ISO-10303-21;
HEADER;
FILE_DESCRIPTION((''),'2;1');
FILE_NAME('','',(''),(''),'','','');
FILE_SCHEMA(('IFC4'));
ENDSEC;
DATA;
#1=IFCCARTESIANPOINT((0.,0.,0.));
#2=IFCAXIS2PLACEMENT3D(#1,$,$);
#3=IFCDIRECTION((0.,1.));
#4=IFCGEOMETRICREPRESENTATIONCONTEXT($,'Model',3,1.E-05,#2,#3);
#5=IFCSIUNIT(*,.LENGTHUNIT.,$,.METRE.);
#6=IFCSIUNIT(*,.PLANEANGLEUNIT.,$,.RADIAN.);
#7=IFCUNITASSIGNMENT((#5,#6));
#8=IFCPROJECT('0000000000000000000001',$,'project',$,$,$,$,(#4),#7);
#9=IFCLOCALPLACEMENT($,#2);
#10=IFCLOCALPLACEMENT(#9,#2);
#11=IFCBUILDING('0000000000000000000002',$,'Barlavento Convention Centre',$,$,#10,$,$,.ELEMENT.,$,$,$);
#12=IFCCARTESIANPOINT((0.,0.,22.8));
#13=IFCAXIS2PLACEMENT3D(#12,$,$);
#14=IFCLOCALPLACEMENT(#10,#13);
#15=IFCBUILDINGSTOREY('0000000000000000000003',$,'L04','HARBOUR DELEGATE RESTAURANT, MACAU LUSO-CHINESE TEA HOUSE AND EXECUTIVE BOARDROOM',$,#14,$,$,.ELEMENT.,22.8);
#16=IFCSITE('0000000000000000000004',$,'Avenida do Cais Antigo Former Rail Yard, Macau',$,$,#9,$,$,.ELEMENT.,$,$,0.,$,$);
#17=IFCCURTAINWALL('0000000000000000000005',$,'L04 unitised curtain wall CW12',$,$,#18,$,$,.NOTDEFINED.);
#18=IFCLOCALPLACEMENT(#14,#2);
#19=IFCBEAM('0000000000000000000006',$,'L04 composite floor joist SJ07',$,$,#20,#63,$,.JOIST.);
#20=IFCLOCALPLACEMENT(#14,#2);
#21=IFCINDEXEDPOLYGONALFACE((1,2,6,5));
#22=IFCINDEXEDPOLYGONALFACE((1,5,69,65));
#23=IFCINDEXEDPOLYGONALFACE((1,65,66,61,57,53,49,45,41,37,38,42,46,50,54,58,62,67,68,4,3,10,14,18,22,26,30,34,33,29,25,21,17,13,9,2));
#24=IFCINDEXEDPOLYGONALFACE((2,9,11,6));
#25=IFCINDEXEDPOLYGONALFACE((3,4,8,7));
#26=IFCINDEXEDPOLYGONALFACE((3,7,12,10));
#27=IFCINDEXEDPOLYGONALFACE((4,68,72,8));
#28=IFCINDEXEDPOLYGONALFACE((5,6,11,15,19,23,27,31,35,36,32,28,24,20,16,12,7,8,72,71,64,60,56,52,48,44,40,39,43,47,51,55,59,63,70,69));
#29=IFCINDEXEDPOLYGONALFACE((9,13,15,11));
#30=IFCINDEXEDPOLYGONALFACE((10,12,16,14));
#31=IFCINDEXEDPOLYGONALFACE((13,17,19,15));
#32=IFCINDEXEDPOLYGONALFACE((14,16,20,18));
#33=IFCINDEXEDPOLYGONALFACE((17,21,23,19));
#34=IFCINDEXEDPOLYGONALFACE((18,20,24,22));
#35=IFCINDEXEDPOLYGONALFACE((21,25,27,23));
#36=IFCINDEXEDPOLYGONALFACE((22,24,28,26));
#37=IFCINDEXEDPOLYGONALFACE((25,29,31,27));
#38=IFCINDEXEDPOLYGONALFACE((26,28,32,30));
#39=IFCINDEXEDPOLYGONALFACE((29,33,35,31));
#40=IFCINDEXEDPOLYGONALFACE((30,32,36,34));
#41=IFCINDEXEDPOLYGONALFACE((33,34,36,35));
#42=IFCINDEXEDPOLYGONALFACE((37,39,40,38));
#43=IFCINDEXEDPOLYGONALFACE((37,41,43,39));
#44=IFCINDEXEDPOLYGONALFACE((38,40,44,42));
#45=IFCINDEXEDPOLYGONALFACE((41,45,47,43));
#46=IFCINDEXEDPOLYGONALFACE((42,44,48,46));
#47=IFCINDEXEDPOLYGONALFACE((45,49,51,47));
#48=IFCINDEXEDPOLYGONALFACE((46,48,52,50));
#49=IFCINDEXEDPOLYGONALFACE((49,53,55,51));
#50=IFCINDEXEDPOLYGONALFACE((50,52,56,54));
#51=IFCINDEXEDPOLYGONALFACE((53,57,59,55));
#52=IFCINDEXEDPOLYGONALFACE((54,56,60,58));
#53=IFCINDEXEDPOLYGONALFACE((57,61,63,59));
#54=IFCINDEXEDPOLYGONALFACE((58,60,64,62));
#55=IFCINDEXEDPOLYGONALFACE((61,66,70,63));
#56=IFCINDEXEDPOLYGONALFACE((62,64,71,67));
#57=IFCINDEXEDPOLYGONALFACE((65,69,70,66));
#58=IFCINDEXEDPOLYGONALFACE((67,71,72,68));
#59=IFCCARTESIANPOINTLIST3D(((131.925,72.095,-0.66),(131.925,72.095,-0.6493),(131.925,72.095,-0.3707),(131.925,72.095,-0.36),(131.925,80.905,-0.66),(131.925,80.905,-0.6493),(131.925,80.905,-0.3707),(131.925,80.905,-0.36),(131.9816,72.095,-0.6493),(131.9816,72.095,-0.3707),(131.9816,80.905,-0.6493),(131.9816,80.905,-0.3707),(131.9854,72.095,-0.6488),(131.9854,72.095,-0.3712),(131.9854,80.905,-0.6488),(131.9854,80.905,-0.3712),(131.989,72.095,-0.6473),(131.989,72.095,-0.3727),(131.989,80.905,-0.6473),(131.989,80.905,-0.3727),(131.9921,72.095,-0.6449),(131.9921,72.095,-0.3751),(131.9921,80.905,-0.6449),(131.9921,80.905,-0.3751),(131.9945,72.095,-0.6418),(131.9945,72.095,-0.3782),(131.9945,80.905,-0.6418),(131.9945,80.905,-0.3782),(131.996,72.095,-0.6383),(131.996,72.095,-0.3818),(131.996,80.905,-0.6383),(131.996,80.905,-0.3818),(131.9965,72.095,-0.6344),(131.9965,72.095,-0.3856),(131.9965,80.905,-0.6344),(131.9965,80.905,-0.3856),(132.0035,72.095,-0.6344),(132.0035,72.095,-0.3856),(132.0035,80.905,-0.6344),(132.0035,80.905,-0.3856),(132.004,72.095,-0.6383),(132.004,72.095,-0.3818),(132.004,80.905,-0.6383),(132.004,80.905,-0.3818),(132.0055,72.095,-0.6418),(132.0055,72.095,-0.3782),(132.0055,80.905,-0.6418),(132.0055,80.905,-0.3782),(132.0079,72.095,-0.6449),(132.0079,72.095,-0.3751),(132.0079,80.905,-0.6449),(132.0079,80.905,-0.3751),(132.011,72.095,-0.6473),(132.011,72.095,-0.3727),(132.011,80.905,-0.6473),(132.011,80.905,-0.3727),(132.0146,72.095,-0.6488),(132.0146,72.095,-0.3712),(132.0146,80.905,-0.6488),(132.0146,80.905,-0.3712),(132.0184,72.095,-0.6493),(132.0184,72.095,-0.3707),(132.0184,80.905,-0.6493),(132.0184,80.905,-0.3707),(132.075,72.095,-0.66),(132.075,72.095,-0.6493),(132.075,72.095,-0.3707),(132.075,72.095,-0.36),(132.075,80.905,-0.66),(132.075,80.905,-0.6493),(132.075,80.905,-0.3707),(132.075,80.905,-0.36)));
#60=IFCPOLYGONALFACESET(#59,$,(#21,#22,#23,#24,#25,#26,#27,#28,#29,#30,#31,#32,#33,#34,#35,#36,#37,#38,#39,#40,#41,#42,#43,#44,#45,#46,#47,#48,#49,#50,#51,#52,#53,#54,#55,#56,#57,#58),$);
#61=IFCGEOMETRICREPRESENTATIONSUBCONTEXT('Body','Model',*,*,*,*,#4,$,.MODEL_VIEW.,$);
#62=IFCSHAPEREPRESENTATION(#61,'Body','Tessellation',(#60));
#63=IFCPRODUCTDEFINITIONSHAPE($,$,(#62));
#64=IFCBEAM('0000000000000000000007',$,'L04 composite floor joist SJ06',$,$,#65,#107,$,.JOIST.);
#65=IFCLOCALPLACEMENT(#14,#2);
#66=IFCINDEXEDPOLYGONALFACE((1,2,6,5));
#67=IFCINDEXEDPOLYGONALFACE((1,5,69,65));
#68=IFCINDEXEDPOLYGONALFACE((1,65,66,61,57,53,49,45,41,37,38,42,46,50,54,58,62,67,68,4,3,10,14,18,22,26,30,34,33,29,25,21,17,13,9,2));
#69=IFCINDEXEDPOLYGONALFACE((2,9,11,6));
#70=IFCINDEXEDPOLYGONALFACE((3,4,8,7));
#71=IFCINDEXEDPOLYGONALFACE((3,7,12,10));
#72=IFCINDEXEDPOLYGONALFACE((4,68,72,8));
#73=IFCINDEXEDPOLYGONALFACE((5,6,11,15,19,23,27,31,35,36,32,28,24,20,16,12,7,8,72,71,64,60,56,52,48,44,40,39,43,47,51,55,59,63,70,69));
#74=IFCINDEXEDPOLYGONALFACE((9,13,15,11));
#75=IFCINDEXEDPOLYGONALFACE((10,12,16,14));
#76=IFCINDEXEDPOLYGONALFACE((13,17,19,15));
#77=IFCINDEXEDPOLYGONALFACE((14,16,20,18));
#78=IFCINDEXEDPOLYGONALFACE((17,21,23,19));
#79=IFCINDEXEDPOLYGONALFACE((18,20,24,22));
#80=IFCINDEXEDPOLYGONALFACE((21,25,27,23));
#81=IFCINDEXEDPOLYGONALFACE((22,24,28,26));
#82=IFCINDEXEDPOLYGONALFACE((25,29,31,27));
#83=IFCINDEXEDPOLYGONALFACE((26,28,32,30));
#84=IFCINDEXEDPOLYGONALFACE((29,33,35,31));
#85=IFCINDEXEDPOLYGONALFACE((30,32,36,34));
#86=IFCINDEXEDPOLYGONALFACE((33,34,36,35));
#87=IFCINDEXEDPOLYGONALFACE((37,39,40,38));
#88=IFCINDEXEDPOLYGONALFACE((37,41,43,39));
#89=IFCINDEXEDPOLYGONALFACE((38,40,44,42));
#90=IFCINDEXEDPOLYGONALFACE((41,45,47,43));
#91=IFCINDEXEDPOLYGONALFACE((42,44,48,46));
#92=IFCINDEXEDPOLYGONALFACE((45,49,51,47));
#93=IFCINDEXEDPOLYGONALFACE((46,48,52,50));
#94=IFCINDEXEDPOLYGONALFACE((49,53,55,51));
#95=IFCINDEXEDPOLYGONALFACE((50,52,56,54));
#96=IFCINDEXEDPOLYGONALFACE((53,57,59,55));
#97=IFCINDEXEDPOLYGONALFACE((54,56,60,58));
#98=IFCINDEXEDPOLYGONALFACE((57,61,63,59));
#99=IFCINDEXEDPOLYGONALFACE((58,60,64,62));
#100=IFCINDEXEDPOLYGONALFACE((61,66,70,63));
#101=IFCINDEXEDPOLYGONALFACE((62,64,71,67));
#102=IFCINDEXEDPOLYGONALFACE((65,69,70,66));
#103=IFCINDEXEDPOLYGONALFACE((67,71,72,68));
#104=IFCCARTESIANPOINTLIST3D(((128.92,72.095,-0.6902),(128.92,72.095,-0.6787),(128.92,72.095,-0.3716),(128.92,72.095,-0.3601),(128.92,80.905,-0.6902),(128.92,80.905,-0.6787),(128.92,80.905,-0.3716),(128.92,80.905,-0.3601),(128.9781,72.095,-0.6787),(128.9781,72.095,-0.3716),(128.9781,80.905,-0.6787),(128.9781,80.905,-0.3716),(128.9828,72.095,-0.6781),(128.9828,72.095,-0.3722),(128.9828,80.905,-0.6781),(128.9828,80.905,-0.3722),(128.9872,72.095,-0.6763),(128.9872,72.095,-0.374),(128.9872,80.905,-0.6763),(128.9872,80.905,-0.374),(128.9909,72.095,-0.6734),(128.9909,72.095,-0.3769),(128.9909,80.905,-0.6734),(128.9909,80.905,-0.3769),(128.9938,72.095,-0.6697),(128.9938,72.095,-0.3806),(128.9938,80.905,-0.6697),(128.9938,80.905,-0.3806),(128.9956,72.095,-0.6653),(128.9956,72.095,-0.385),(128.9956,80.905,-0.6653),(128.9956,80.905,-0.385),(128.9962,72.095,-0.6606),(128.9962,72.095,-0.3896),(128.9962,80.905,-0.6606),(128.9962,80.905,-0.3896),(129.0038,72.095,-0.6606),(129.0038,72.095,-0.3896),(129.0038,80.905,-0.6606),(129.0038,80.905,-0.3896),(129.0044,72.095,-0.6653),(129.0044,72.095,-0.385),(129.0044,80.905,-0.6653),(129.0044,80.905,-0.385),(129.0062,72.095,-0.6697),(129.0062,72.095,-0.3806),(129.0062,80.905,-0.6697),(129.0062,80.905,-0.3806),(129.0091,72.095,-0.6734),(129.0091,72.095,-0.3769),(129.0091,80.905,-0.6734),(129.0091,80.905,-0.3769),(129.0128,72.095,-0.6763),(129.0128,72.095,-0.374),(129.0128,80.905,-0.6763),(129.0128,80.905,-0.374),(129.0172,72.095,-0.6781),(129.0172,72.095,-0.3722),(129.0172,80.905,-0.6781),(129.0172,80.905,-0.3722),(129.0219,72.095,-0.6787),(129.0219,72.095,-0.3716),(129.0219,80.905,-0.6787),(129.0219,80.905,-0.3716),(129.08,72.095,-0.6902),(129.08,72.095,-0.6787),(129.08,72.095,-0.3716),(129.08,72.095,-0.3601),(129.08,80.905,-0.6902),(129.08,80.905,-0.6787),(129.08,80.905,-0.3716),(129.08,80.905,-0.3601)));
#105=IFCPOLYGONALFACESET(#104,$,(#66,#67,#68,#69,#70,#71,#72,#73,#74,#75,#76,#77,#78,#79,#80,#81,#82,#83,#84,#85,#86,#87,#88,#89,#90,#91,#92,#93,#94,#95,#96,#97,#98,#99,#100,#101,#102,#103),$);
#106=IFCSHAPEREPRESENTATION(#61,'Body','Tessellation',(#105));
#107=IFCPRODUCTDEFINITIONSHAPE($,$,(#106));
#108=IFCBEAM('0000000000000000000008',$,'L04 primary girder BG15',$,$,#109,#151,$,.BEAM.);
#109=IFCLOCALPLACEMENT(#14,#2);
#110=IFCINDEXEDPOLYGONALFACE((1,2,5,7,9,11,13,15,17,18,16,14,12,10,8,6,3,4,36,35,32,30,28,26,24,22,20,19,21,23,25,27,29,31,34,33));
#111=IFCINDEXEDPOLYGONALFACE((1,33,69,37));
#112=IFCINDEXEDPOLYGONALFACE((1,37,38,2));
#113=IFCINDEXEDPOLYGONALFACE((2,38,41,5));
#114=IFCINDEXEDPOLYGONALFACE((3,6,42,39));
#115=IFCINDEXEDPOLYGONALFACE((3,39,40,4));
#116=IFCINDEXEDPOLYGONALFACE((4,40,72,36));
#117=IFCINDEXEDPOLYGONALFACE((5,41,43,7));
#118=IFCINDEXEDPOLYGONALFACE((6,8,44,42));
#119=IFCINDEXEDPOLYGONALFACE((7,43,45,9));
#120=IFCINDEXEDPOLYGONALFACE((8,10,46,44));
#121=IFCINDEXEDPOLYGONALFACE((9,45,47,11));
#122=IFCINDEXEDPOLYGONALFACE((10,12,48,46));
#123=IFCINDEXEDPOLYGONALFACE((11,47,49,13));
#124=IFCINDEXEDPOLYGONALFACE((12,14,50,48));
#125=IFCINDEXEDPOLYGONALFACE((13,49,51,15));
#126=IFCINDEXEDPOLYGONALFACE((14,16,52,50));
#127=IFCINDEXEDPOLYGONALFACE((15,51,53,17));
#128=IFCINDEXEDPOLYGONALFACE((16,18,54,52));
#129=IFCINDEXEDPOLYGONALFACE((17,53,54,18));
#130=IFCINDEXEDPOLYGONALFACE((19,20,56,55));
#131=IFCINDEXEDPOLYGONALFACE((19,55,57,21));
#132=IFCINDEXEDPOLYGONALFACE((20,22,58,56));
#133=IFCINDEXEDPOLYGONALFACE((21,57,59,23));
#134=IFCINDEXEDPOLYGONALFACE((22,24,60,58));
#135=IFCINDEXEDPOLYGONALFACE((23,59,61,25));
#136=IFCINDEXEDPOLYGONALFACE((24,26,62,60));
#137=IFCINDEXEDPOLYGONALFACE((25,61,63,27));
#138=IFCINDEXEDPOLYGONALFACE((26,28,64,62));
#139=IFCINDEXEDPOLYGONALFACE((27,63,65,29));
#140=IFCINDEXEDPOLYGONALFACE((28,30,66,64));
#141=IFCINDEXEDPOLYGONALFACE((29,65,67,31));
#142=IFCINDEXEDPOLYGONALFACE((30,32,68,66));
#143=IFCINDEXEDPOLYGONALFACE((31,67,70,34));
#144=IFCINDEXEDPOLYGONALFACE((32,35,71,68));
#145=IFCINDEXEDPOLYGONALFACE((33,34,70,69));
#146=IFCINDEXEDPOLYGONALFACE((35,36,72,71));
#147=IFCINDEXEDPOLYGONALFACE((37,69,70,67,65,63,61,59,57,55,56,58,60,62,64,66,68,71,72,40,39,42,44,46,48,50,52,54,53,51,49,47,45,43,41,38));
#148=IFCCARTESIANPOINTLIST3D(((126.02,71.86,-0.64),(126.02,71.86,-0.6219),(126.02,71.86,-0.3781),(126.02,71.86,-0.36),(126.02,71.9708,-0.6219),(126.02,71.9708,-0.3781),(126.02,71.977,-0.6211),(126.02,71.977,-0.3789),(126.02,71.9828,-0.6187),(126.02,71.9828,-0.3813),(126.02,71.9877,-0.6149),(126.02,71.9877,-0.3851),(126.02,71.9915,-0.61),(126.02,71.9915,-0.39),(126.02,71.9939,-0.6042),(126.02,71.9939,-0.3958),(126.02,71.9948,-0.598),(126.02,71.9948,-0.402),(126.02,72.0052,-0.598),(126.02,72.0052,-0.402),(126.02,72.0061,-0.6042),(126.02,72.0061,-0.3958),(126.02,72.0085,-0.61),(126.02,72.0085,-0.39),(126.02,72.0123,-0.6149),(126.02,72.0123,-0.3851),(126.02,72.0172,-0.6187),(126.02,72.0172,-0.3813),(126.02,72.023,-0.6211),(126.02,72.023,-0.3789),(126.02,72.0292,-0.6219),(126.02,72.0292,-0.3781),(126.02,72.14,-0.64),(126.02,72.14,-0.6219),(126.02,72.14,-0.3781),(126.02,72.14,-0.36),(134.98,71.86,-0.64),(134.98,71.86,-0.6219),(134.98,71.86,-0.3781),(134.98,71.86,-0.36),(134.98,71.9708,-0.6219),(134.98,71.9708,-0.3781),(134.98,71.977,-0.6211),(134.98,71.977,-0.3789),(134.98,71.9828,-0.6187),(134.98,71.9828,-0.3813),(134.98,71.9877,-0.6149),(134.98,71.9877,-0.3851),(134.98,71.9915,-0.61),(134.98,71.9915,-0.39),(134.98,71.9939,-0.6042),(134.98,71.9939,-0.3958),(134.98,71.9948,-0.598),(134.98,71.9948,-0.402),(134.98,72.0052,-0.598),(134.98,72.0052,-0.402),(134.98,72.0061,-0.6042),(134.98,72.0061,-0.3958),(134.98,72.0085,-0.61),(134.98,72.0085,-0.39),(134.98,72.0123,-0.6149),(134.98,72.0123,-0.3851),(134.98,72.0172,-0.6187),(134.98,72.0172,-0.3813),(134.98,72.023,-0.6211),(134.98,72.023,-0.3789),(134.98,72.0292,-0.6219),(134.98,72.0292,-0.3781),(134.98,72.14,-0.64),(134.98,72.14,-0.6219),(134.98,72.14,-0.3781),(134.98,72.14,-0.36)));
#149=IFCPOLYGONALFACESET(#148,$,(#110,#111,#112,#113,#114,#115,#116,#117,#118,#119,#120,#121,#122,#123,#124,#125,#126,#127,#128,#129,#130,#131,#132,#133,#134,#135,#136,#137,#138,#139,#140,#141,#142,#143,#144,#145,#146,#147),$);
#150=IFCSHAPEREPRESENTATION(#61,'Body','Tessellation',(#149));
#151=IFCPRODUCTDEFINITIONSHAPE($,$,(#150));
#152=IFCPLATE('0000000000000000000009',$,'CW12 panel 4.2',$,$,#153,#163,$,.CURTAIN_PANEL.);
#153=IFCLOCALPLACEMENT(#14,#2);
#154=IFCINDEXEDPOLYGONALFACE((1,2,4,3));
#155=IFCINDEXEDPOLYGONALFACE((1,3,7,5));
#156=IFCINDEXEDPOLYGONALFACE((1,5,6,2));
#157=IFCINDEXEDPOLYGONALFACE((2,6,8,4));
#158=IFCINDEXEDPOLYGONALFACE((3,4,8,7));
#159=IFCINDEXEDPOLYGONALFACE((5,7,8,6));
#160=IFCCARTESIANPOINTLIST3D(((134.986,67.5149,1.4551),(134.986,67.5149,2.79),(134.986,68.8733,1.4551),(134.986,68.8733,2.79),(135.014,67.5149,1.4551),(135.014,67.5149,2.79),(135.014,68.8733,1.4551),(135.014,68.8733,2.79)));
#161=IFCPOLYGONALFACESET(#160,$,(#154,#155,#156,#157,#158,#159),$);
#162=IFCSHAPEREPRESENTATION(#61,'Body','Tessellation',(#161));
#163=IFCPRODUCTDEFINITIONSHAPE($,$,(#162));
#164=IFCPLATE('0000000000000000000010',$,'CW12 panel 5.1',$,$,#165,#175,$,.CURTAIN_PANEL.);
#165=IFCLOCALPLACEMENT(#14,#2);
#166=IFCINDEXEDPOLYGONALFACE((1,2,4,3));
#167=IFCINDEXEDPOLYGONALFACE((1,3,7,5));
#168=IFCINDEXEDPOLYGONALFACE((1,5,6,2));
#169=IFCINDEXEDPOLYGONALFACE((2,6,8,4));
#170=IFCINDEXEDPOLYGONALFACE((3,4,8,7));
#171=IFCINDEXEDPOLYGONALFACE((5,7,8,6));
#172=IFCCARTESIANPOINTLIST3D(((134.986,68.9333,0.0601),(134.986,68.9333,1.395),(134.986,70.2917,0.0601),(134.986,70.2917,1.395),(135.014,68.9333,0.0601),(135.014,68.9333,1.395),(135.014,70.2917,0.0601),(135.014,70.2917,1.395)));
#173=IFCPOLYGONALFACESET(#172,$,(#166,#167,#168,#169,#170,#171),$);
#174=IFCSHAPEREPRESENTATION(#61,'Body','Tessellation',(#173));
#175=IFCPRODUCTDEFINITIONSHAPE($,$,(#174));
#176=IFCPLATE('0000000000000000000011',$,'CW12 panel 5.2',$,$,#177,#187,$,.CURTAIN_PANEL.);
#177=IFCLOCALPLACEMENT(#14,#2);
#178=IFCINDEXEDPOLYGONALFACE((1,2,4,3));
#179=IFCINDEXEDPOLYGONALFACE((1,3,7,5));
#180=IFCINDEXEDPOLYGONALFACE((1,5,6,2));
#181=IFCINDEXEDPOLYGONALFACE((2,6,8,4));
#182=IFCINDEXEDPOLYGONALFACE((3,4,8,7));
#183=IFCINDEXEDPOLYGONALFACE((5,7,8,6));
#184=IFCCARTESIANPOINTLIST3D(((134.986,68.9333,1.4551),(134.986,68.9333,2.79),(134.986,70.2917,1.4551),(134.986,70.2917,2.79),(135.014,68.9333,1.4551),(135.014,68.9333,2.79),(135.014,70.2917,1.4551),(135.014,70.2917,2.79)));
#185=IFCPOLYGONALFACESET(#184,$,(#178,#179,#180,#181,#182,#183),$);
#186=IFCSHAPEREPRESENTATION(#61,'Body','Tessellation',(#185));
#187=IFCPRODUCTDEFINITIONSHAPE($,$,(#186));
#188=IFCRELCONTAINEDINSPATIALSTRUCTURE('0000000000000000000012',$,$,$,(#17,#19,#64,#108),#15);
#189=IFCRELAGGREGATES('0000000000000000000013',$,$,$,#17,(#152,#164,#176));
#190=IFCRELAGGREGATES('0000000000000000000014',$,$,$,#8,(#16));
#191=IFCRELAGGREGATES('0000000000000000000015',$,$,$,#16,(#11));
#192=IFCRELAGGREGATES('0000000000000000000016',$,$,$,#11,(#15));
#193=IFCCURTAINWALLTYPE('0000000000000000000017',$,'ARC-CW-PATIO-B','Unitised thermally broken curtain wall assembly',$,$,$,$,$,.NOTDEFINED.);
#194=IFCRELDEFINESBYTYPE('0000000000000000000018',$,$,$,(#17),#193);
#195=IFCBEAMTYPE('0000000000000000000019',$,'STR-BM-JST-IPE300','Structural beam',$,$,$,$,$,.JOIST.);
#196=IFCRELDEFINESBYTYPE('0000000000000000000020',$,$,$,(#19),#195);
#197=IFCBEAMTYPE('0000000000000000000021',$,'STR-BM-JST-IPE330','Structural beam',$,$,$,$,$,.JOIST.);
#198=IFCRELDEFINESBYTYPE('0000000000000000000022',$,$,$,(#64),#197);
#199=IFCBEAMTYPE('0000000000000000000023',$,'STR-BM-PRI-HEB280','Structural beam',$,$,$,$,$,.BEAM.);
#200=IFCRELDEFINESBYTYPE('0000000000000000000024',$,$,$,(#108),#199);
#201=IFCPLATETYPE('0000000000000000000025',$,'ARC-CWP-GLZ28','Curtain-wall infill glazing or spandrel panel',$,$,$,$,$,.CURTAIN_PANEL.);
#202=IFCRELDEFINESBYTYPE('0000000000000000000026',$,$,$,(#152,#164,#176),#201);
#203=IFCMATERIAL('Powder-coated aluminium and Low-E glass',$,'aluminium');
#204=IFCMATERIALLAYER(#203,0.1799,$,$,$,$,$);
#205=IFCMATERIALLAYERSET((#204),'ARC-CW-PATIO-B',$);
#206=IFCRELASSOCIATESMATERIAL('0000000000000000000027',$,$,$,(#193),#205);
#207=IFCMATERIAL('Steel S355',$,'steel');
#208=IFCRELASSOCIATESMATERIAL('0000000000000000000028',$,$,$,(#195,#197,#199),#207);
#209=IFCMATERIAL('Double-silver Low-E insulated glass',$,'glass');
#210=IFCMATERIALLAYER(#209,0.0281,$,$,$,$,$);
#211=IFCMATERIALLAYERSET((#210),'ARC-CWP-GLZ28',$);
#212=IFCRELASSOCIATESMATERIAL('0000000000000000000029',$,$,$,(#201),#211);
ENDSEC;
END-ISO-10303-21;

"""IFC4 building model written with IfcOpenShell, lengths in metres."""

from ifc_helpers import new_model, si_unit, direction, frame, origin, origin_2d, place, context, subcontext, project, spatial, rectangle, i_section, extrude, material, layer, layer_set, material_profile, profile_set, type_object, element, aggregate, save


model = new_model("IFC4")

# Units and contexts
model_context = context("Model", 3, precision=1e-05, world=origin(), true_north=direction((0.0, 1.0)))
body_context = subcontext(model_context, "Body", "Model", "MODEL_VIEW")
ifc_project = project(units=[si_unit("LENGTHUNIT", "METRE"), si_unit("PLANEANGLEUNIT", "RADIAN")], contexts=[model_context])

# Site, building, storey
site_placement = place(None, origin())
site = spatial("IfcSite", under=ifc_project, at=site_placement, Name="Avenida do Cais Antigo Former Rail Yard, Macau", CompositionType="ELEMENT", RefElevation=0.0)
building_placement = place(site_placement, origin())
building = spatial("IfcBuilding", under=site, at=building_placement, Name="Barlavento Convention Centre", CompositionType="ELEMENT")
storey_placement = place(building_placement, frame((0.0, 0.0, 22.8)))
storey = spatial("IfcBuildingStorey", under=building, at=storey_placement, Name="L04", Description="HARBOUR DELEGATE RESTAURANT, MACAU LUSO-CHINESE TEA HOUSE AND EXECUTIVE BOARDROOM", CompositionType="ELEMENT", Elevation=22.8)

# Curtain wall
ifc_material_1 = material(Name="Powder-coated aluminium and Low-E glass", Category="aluminium")
ifc_layer_1 = layer(ifc_material_1, 0.1799)
ifc_layer_set_1 = layer_set([ifc_layer_1], Name="ARC-CW-PATIO-B")
curtain_wall_type_1 = type_object("IfcCurtainWallType", Name="ARC-CW-PATIO-B", Description="Unitised thermally broken curtain wall assembly", PredefinedType="NOTDEFINED", material=ifc_layer_set_1)
curtain_wall_1_placement = place(storey_placement, origin())
curtain_wall_1 = element("IfcCurtainWall", 1, at=curtain_wall_1_placement, inside=storey, type_object=curtain_wall_type_1, Name="L04 unitised curtain wall CW12", PredefinedType="NOTDEFINED")

# Beams
ifc_material_2 = material(Name="Steel S355", Category="steel")
ifc_material_profile_1 = material_profile(ifc_material_2, i_section(OverallWidth=0.1499, OverallDepth=0.3, WebThickness=0.0071, FlangeThickness=0.0107, FilletRadius=0.0149, at=origin_2d()), Name="IPE 300")
ifc_profile_set_1 = profile_set([ifc_material_profile_1], Name="Steel S355")
beam_type_1 = type_object("IfcBeamType", Name="STR-BM-JST-IPE300", Description="Structural beam", PredefinedType="JOIST", material=ifc_profile_set_1)
beam_1_placement = place(storey_placement, frame((132.0, 72.095, -0.51), z_axis=(0.0, 1.0, 0.0), x_axis=(-1.0, 0.0, 0.0)))
element("IfcBeam", 2, at=beam_1_placement, inside=storey, type_object=beam_type_1, Name="L04 composite floor joist SJ07", PredefinedType="JOIST", context=body_context, shape_type="SweptSolid", body=[
    extrude(i_section(OverallWidth=0.1499, OverallDepth=0.3, WebThickness=0.0071, FlangeThickness=0.0107, FilletRadius=0.0149, at=origin_2d()), origin(), (0.0, 0.0, 1.0), 8.8101),
])
ifc_material_profile_2 = material_profile(ifc_material_2, i_section(OverallWidth=0.1599, OverallDepth=0.3301, WebThickness=0.0076, FlangeThickness=0.0115, FilletRadius=0.0181, at=origin_2d()), Name="IPE 330")
ifc_profile_set_2 = profile_set([ifc_material_profile_2], Name="Steel S355")
beam_type_2 = type_object("IfcBeamType", Name="STR-BM-JST-IPE330", Description="Structural beam", PredefinedType="JOIST", material=ifc_profile_set_2)
beam_2_placement = place(storey_placement, frame((129.0, 72.095, -0.5251), z_axis=(0.0, 1.0, 0.0), x_axis=(-1.0, 0.0, 0.0)))
element("IfcBeam", 3, at=beam_2_placement, inside=storey, type_object=beam_type_2, Name="L04 composite floor joist SJ06", PredefinedType="JOIST", context=body_context, shape_type="SweptSolid", body=[
    extrude(i_section(OverallWidth=0.1599, OverallDepth=0.3301, WebThickness=0.0076, FlangeThickness=0.0115, FilletRadius=0.0181, at=origin_2d()), origin(), (0.0, 0.0, 1.0), 8.8101),
])
ifc_material_profile_3 = material_profile(ifc_material_2, i_section(OverallWidth=0.28, OverallDepth=0.28, WebThickness=0.0105, FlangeThickness=0.0181, FilletRadius=0.0239, at=origin_2d()), Name="HEB 280")
ifc_profile_set_3 = profile_set([ifc_material_profile_3], Name="Steel S355")
beam_type_3 = type_object("IfcBeamType", Name="STR-BM-PRI-HEB280", Description="Structural beam", PredefinedType="BEAM", material=ifc_profile_set_3)
beam_3_placement = place(storey_placement, frame((126.02, 72.0, -0.5), z_axis=(1.0, 0.0, 0.0), x_axis=(0.0, 1.0, 0.0)))
element("IfcBeam", 4, at=beam_3_placement, inside=storey, type_object=beam_type_3, Name="L04 primary girder BG15", PredefinedType="BEAM", context=body_context, shape_type="SweptSolid", body=[
    extrude(i_section(OverallWidth=0.28, OverallDepth=0.28, WebThickness=0.0105, FlangeThickness=0.0181, FilletRadius=0.0239, at=origin_2d()), origin(), (0.0, 0.0, 1.0), 8.96),
])

# Plates
ifc_material_3 = material(Name="Double-silver Low-E insulated glass", Category="glass")
ifc_layer_2 = layer(ifc_material_3, 0.0281)
ifc_layer_set_2 = layer_set([ifc_layer_2], Name="ARC-CWP-GLZ28")
plate_type = type_object("IfcPlateType", Name="ARC-CWP-GLZ28", Description="Curtain-wall infill glazing or spandrel panel", PredefinedType="CURTAIN_PANEL", material=ifc_layer_set_2)
plate_1_placement = place(storey_placement, frame((135.0, 68.1941, 1.4551), z_axis=(0.0, 0.0, 1.0), x_axis=(0.0, 1.0, 0.0)))
plate_1 = element("IfcPlate", 5, at=plate_1_placement, type_object=plate_type, Name="CW12 panel 4.2", PredefinedType="CURTAIN_PANEL", context=body_context, shape_type="SweptSolid", body=[
    extrude(rectangle(XDim=1.3584, YDim=0.0281, at=origin_2d()), origin(), (0.0, 0.0, 1.0), 1.335),
])
plate_2_placement = place(storey_placement, frame((135.0, 69.6125, 0.0601), z_axis=(0.0, 0.0, 1.0), x_axis=(0.0, 1.0, 0.0)))
plate_2 = element("IfcPlate", 6, at=plate_2_placement, type_object=plate_type, Name="CW12 panel 5.1", PredefinedType="CURTAIN_PANEL", context=body_context, shape_type="SweptSolid", body=[
    extrude(rectangle(XDim=1.3584, YDim=0.0281, at=origin_2d()), origin(), (0.0, 0.0, 1.0), 1.335),
])
plate_3_placement = place(storey_placement, frame((135.0, 69.6125, 1.4551), z_axis=(0.0, 0.0, 1.0), x_axis=(0.0, 1.0, 0.0)))
plate_3 = element("IfcPlate", 7, at=plate_3_placement, type_object=plate_type, Name="CW12 panel 5.2", PredefinedType="CURTAIN_PANEL", context=body_context, shape_type="SweptSolid", body=[
    extrude(rectangle(XDim=1.3584, YDim=0.0281, at=origin_2d()), origin(), (0.0, 0.0, 1.0), 1.335),
])
aggregate(curtain_wall_1, [plate_1, plate_2, plate_3])

save(model, "model.ifc")
